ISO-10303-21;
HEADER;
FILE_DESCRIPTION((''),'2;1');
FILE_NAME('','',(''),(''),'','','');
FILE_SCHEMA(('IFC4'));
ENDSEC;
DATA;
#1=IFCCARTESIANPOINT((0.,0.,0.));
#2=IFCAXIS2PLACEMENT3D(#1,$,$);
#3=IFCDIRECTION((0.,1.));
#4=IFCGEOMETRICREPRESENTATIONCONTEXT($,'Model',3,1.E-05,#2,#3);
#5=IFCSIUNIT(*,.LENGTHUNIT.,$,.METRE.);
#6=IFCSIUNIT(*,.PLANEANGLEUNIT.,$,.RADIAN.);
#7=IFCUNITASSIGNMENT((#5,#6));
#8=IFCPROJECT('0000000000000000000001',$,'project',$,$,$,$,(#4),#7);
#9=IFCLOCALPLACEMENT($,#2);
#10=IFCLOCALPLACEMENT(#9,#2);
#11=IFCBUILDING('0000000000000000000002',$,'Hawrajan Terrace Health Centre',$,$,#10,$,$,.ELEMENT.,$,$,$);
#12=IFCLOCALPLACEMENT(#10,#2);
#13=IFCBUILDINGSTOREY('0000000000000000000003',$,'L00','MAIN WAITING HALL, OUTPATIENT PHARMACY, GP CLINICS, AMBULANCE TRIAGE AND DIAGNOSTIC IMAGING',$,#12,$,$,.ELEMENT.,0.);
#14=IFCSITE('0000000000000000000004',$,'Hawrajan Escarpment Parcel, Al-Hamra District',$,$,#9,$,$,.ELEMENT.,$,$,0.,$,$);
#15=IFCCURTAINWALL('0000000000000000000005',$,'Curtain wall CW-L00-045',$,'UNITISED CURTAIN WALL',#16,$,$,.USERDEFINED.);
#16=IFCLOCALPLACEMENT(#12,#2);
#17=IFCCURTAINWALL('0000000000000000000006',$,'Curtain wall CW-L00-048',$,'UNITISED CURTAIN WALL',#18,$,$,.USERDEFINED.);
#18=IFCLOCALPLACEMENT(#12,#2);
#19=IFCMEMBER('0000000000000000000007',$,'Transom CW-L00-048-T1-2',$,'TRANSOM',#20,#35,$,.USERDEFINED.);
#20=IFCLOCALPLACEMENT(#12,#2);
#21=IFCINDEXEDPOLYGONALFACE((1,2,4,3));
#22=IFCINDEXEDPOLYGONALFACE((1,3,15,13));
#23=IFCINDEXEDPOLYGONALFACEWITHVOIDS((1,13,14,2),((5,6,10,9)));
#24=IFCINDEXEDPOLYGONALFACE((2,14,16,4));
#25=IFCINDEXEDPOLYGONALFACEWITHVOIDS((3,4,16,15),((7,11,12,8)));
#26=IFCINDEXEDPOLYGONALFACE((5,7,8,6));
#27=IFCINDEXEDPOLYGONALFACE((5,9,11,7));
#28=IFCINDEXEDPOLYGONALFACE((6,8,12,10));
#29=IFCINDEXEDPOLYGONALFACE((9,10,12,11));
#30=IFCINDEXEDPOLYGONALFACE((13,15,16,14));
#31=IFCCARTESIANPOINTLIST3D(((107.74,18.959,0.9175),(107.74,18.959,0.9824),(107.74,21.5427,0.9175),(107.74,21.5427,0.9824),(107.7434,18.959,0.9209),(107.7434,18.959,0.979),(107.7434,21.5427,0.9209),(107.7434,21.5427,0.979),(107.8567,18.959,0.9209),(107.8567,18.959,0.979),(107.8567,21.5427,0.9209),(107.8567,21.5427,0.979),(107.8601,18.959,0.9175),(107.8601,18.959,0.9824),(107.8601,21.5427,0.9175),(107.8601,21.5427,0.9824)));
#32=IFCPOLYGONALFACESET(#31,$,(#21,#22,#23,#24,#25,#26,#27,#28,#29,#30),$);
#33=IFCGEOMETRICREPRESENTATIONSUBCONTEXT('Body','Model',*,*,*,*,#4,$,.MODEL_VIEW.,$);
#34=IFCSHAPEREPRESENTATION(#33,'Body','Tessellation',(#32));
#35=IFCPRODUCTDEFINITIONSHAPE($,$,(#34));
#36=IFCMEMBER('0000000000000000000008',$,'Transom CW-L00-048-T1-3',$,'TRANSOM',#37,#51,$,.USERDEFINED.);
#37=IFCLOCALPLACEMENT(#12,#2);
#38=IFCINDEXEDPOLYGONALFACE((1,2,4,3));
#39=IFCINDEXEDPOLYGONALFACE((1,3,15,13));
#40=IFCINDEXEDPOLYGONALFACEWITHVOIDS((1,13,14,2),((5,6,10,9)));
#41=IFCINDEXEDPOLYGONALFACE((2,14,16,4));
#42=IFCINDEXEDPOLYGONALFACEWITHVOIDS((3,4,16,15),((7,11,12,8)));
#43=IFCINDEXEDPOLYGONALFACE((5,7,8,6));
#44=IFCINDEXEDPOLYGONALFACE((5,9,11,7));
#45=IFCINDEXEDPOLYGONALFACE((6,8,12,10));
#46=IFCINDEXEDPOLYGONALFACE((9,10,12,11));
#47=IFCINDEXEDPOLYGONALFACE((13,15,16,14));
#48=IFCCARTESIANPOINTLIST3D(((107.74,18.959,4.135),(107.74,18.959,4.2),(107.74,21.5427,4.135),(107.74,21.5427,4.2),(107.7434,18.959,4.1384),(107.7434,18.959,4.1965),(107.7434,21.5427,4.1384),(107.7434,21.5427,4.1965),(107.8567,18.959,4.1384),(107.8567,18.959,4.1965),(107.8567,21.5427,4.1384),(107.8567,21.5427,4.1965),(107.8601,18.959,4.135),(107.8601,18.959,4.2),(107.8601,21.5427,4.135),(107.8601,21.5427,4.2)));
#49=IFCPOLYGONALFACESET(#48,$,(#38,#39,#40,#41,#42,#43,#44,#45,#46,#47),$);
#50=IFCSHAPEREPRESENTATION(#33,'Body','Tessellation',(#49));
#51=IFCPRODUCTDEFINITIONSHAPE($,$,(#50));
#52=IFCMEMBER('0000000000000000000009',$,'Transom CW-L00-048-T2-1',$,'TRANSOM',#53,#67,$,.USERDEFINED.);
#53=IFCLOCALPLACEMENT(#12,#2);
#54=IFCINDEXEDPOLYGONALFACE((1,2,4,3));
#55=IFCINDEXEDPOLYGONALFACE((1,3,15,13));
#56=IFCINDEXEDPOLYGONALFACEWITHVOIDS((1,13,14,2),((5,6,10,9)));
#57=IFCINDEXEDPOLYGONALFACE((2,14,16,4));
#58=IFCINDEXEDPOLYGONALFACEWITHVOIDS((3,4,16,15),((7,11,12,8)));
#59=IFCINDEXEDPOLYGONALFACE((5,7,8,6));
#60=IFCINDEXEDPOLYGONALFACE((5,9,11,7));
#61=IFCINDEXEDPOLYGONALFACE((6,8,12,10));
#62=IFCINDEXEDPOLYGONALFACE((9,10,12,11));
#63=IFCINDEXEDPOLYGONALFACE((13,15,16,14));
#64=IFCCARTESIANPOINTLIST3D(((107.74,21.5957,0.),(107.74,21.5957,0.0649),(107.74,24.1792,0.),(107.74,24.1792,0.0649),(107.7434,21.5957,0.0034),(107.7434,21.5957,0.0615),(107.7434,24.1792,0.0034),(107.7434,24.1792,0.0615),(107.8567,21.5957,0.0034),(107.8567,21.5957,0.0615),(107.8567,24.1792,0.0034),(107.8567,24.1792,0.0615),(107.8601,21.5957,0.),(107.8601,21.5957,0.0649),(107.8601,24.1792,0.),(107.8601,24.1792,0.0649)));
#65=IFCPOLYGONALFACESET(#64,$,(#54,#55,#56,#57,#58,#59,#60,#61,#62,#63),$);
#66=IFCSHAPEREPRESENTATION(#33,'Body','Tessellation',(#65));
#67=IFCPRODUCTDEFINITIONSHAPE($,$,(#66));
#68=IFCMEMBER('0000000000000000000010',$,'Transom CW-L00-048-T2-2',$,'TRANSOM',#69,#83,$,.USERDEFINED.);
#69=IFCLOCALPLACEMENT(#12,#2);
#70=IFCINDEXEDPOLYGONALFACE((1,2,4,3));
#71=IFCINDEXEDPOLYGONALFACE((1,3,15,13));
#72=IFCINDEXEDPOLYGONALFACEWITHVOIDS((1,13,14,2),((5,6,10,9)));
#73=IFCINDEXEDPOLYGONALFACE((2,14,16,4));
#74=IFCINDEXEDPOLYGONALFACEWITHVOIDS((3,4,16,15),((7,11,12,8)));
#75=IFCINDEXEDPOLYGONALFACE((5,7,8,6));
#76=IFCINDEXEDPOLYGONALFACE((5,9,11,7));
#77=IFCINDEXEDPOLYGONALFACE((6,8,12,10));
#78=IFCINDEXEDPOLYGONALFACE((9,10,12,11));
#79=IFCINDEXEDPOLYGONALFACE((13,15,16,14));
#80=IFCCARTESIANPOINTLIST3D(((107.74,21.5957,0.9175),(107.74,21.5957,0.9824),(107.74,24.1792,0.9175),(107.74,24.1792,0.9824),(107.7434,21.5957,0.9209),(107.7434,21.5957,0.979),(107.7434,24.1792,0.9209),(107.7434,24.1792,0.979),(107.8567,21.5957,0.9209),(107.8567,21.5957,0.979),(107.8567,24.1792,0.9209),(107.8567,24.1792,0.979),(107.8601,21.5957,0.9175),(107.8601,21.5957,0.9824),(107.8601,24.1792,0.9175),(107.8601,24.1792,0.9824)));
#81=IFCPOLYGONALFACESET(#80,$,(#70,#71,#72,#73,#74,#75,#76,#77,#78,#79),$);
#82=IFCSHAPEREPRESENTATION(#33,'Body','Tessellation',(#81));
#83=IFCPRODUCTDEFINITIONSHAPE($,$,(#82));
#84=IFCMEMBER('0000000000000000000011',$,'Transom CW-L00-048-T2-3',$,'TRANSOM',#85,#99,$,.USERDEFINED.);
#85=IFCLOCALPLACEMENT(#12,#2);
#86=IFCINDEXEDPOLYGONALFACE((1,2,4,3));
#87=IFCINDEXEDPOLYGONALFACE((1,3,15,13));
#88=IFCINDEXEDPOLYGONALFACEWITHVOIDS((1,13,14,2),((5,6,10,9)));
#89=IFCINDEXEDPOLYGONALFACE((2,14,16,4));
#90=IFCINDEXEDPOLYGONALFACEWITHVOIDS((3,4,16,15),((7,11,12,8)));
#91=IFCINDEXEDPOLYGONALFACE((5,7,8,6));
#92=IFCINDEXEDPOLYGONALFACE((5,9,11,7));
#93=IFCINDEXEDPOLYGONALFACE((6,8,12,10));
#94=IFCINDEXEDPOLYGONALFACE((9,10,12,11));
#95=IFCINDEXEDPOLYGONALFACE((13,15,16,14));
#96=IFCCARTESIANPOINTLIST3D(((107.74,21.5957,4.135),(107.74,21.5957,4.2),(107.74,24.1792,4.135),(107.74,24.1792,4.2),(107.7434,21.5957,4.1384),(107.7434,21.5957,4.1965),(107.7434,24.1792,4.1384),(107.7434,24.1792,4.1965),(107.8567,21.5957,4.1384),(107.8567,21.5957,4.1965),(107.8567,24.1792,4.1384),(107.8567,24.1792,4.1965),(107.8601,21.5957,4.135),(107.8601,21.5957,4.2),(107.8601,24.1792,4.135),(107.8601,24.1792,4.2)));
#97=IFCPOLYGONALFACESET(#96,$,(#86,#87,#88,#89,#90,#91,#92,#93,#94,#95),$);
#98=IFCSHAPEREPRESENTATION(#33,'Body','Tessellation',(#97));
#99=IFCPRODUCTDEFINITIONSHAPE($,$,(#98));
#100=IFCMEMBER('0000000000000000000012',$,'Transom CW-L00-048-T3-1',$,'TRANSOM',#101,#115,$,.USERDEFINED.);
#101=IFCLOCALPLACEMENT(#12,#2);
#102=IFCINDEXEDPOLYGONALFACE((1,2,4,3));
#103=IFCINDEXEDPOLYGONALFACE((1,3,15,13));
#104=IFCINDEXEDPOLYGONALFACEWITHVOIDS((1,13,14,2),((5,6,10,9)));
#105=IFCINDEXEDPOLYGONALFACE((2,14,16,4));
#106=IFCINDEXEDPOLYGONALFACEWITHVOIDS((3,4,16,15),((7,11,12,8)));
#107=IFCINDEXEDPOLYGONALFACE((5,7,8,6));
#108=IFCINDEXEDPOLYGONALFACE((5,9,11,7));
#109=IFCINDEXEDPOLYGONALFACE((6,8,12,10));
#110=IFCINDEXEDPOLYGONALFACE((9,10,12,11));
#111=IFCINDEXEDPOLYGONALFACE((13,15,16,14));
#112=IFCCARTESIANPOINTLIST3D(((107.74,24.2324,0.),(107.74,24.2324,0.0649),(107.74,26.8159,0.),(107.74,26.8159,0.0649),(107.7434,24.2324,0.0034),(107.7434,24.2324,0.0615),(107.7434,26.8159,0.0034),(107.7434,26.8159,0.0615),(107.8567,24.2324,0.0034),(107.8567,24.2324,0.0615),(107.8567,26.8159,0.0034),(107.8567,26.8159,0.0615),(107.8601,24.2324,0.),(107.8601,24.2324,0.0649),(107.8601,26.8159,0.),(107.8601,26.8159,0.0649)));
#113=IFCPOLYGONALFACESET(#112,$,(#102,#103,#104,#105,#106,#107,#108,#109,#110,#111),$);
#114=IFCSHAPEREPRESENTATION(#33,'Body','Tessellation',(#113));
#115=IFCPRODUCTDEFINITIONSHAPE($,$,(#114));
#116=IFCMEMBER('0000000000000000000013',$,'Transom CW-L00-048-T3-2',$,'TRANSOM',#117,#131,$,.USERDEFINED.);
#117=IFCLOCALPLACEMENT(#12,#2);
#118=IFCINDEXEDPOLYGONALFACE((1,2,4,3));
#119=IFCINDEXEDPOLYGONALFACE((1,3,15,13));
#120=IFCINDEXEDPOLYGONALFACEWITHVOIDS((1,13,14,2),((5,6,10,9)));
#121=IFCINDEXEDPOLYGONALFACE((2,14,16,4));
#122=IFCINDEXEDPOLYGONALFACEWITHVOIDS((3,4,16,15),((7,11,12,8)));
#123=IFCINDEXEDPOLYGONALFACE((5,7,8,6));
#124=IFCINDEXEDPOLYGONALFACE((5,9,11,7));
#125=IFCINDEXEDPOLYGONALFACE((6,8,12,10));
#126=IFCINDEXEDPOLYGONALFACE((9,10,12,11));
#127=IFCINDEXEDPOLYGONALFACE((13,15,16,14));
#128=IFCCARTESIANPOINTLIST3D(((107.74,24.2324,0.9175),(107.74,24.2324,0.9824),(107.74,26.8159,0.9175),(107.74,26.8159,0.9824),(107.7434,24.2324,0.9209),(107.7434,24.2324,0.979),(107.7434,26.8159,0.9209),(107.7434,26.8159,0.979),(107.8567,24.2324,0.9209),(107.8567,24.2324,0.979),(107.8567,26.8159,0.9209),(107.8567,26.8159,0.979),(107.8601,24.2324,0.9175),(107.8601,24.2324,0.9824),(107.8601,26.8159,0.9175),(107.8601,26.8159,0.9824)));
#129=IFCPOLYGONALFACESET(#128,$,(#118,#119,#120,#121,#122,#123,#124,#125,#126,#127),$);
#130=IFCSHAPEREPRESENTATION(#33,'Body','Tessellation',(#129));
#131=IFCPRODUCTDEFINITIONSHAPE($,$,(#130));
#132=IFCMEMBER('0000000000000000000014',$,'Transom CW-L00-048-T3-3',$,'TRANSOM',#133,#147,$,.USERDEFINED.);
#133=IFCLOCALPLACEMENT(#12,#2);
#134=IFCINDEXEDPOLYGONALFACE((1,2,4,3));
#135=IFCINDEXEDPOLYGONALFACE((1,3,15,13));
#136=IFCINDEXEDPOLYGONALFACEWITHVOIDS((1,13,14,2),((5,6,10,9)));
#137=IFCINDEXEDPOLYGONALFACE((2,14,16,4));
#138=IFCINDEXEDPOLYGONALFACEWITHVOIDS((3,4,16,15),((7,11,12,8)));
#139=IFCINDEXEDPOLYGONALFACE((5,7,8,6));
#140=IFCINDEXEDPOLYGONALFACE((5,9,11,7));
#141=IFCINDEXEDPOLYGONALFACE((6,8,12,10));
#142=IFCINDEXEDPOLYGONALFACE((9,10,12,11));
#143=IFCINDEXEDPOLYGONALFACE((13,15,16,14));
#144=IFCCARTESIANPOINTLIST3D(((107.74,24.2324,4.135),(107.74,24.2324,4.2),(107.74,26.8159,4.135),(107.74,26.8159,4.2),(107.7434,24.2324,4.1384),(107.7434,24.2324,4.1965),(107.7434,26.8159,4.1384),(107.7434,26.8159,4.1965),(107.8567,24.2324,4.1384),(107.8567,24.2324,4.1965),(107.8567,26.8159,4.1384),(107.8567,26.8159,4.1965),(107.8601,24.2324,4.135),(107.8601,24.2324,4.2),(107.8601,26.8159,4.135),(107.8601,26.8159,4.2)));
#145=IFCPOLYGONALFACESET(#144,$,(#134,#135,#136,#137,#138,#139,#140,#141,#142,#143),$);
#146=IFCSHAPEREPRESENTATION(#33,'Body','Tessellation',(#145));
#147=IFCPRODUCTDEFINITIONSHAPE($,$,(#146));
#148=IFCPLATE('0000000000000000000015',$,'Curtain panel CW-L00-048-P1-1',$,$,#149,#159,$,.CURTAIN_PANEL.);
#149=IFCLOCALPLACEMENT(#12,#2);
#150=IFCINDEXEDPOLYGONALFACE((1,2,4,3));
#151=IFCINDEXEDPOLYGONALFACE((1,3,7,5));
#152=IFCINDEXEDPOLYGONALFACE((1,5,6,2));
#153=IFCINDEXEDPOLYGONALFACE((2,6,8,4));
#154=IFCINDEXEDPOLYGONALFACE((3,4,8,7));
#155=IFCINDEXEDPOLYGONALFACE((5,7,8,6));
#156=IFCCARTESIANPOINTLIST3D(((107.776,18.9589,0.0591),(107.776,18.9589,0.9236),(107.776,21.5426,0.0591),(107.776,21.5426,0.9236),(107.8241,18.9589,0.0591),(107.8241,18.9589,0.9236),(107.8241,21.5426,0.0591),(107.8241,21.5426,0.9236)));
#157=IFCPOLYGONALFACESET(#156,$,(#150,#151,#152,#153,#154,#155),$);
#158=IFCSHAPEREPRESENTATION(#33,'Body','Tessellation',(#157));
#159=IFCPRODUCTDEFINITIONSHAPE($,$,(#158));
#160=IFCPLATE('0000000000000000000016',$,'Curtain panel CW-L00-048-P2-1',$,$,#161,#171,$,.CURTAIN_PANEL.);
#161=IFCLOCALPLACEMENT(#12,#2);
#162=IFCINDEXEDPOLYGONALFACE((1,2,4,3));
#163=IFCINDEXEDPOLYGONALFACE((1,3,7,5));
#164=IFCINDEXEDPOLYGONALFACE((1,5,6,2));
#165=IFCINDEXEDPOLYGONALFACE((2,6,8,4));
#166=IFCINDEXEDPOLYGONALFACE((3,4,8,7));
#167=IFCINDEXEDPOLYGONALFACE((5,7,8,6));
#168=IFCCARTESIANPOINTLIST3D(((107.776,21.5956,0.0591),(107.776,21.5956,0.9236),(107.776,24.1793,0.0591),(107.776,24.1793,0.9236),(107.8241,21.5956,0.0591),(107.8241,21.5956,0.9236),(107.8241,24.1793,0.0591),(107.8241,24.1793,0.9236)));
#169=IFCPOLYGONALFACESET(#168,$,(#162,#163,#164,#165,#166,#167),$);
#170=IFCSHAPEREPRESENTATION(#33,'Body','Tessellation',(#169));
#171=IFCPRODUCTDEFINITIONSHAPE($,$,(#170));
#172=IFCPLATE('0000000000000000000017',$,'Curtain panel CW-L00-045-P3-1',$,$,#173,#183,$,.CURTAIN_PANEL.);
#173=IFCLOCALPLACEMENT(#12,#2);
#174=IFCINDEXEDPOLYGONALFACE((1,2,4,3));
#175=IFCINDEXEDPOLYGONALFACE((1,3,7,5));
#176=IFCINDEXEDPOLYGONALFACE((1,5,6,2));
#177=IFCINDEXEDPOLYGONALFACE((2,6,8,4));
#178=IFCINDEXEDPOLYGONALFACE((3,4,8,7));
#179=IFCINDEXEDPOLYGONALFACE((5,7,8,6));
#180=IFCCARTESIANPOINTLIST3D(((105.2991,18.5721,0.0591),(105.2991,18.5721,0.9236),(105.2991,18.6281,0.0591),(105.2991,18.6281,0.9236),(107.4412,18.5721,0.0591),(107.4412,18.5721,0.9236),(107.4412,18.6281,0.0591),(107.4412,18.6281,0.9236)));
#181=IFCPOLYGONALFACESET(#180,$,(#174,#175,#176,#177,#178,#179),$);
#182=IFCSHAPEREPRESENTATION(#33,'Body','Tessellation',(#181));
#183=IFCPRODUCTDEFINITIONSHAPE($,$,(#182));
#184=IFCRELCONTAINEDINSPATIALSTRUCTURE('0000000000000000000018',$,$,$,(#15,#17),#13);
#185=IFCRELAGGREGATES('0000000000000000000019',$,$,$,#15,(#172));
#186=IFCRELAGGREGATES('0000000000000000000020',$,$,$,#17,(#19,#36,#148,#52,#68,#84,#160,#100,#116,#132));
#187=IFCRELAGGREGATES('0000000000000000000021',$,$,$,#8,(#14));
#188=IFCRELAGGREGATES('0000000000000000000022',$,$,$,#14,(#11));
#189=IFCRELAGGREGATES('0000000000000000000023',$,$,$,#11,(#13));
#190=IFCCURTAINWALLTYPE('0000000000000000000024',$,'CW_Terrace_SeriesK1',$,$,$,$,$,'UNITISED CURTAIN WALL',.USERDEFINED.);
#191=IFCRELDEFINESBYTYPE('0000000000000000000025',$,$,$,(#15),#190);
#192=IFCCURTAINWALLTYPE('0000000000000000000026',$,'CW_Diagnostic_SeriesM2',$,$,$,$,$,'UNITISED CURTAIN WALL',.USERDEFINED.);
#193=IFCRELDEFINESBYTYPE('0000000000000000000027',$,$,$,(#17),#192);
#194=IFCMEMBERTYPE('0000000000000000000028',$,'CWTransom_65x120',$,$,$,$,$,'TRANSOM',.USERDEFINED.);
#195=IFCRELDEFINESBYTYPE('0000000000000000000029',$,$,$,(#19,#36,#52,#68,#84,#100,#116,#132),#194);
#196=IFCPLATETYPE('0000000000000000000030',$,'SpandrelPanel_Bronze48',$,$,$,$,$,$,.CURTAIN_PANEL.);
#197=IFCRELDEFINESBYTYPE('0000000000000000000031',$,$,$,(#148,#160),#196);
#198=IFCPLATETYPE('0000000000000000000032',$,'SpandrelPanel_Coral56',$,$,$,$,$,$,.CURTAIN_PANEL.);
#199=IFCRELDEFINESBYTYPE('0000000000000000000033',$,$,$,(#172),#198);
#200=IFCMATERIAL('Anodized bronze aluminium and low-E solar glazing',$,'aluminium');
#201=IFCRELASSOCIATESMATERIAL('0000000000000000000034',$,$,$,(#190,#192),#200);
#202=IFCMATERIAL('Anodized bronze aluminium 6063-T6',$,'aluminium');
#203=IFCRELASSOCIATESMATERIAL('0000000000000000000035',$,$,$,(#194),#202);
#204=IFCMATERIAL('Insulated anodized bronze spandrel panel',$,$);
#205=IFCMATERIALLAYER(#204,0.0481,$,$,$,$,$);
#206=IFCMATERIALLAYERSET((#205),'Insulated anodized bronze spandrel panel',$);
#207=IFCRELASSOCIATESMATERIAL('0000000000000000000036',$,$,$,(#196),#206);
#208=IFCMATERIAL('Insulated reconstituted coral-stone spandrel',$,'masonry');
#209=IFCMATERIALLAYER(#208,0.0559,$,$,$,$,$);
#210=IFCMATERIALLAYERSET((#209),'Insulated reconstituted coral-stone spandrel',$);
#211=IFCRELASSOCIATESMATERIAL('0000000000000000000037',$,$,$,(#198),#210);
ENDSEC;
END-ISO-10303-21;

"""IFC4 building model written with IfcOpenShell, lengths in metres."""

from ifc_helpers import new_model, si_unit, direction, frame, origin, origin_2d, place, context, subcontext, project, spatial, rectangle, hollow_rectangle, extrude, material, layer, layer_set, material_profile, profile_set, type_object, element, aggregate, save


model = new_model("IFC4")

# Units and contexts
model_context = context("Model", 3, precision=1e-05, world=origin(), true_north=direction((0.0, 1.0)))
body_context = subcontext(model_context, "Body", "Model", "MODEL_VIEW")
ifc_project = project(units=[si_unit("LENGTHUNIT", "METRE"), si_unit("PLANEANGLEUNIT", "RADIAN")], contexts=[model_context])

# Site, building, storey
site_placement = place(None, origin())
site = spatial("IfcSite", under=ifc_project, at=site_placement, Name="Hawrajan Escarpment Parcel, Al-Hamra District", CompositionType="ELEMENT", RefElevation=0.0)
building_placement = place(site_placement, origin())
building = spatial("IfcBuilding", under=site, at=building_placement, Name="Hawrajan Terrace Health Centre", CompositionType="ELEMENT")
storey_placement = place(building_placement, origin())
storey = spatial("IfcBuildingStorey", under=building, at=storey_placement, Name="L00", Description="MAIN WAITING HALL, OUTPATIENT PHARMACY, GP CLINICS, AMBULANCE TRIAGE AND DIAGNOSTIC IMAGING", CompositionType="ELEMENT", Elevation=0.0)

# Curtain wall
ifc_material_1 = material(Name="Anodized bronze aluminium and low-E solar glazing", Category="aluminium")
curtain_wall_type_1 = type_object("IfcCurtainWallType", Name="CW_Terrace_SeriesK1", ElementType="UNITISED CURTAIN WALL", PredefinedType="USERDEFINED", material=ifc_material_1)
curtain_wall_1_placement = place(storey_placement, origin())
curtain_wall_1 = element("IfcCurtainWall", 1, at=curtain_wall_1_placement, inside=storey, type_object=curtain_wall_type_1, Name="Curtain wall CW-L00-045", ObjectType="UNITISED CURTAIN WALL", PredefinedType="USERDEFINED")
ifc_material_2 = material(Name="Anodized bronze aluminium 6063-T6", Category="aluminium")

# Curtain wall, members, plates
curtain_wall_type_2 = type_object("IfcCurtainWallType", Name="CW_Diagnostic_SeriesM2", ElementType="UNITISED CURTAIN WALL", PredefinedType="USERDEFINED", material=ifc_material_1)
curtain_wall_2_placement = place(storey_placement, origin())
curtain_wall_2 = element("IfcCurtainWall", 2, at=curtain_wall_2_placement, inside=storey, type_object=curtain_wall_type_2, Name="Curtain wall CW-L00-048", ObjectType="UNITISED CURTAIN WALL", PredefinedType="USERDEFINED")
ifc_material_profile_1 = material_profile(ifc_material_2, hollow_rectangle(XDim=0.0649, YDim=0.1201, WallThickness=0.0034, at=origin_2d()), Name="CW TRN 65x120")
ifc_profile_set_1 = profile_set([ifc_material_profile_1], Name="Anodized bronze aluminium 6063-T6")
member_type_1 = type_object("IfcMemberType", Name="CWTransom_65x120", ElementType="TRANSOM", PredefinedType="USERDEFINED", material=ifc_profile_set_1)
member_1_placement = place(storey_placement, frame((107.8, 18.959, 0.95), z_axis=(0.0, 1.0, 0.0), x_axis=(0.0, 0.0, 1.0)))
member_1 = element("IfcMember", 3, at=member_1_placement, type_object=member_type_1, Name="Transom CW-L00-048-T1-2", ObjectType="TRANSOM", PredefinedType="USERDEFINED", context=body_context, shape_type="SweptSolid", body=[
    extrude(hollow_rectangle(XDim=0.0649, YDim=0.1201, WallThickness=0.0034, at=origin_2d()), origin(), (0.0, 0.0, 1.0), 2.5837),
])
member_2_placement = place(storey_placement, frame((107.8, 18.959, 4.1675), z_axis=(0.0, 1.0, 0.0), x_axis=(0.0, 0.0, 1.0)))
member_2 = element("IfcMember", 4, at=member_2_placement, type_object=member_type_1, Name="Transom CW-L00-048-T1-3", ObjectType="TRANSOM", PredefinedType="USERDEFINED", context=body_context, shape_type="SweptSolid", body=[
    extrude(hollow_rectangle(XDim=0.0649, YDim=0.1201, WallThickness=0.0034, at=origin_2d()), origin(), (0.0, 0.0, 1.0), 2.5837),
])
member_3_placement = place(storey_placement, frame((107.8, 21.5957, 0.0325), z_axis=(0.0, 1.0, 0.0), x_axis=(0.0, 0.0, 1.0)))
member_3 = element("IfcMember", 5, at=member_3_placement, type_object=member_type_1, Name="Transom CW-L00-048-T2-1", ObjectType="TRANSOM", PredefinedType="USERDEFINED", context=body_context, shape_type="SweptSolid", body=[
    extrude(hollow_rectangle(XDim=0.0649, YDim=0.1201, WallThickness=0.0034, at=origin_2d()), origin(), (0.0, 0.0, 1.0), 2.5835),
])
member_4_placement = place(storey_placement, frame((107.8, 21.5957, 0.95), z_axis=(0.0, 1.0, 0.0), x_axis=(0.0, 0.0, 1.0)))
member_4 = element("IfcMember", 6, at=member_4_placement, type_object=member_type_1, Name="Transom CW-L00-048-T2-2", ObjectType="TRANSOM", PredefinedType="USERDEFINED", context=body_context, shape_type="SweptSolid", body=[
    extrude(hollow_rectangle(XDim=0.0649, YDim=0.1201, WallThickness=0.0034, at=origin_2d()), origin(), (0.0, 0.0, 1.0), 2.5835),
])
member_5_placement = place(storey_placement, frame((107.8, 21.5957, 4.1675), z_axis=(0.0, 1.0, 0.0), x_axis=(0.0, 0.0, 1.0)))
member_5 = element("IfcMember", 7, at=member_5_placement, type_object=member_type_1, Name="Transom CW-L00-048-T2-3", ObjectType="TRANSOM", PredefinedType="USERDEFINED", context=body_context, shape_type="SweptSolid", body=[
    extrude(hollow_rectangle(XDim=0.0649, YDim=0.1201, WallThickness=0.0034, at=origin_2d()), origin(), (0.0, 0.0, 1.0), 2.5835),
])
member_6_placement = place(storey_placement, frame((107.8, 24.2324, 0.0325), z_axis=(0.0, 1.0, 0.0), x_axis=(0.0, 0.0, 1.0)))
member_6 = element("IfcMember", 8, at=member_6_placement, type_object=member_type_1, Name="Transom CW-L00-048-T3-1", ObjectType="TRANSOM", PredefinedType="USERDEFINED", context=body_context, shape_type="SweptSolid", body=[
    extrude(hollow_rectangle(XDim=0.0649, YDim=0.1201, WallThickness=0.0034, at=origin_2d()), origin(), (0.0, 0.0, 1.0), 2.5835),
])
member_7_placement = place(storey_placement, frame((107.8, 24.2324, 0.95), z_axis=(0.0, 1.0, 0.0), x_axis=(0.0, 0.0, 1.0)))
member_7 = element("IfcMember", 9, at=member_7_placement, type_object=member_type_1, Name="Transom CW-L00-048-T3-2", ObjectType="TRANSOM", PredefinedType="USERDEFINED", context=body_context, shape_type="SweptSolid", body=[
    extrude(hollow_rectangle(XDim=0.0649, YDim=0.1201, WallThickness=0.0034, at=origin_2d()), origin(), (0.0, 0.0, 1.0), 2.5835),
])
member_8_placement = place(storey_placement, frame((107.8, 24.2324, 4.1675), z_axis=(0.0, 1.0, 0.0), x_axis=(0.0, 0.0, 1.0)))
member_8 = element("IfcMember", 10, at=member_8_placement, type_object=member_type_1, Name="Transom CW-L00-048-T3-3", ObjectType="TRANSOM", PredefinedType="USERDEFINED", context=body_context, shape_type="SweptSolid", body=[
    extrude(hollow_rectangle(XDim=0.0649, YDim=0.1201, WallThickness=0.0034, at=origin_2d()), origin(), (0.0, 0.0, 1.0), 2.5835),
])
ifc_material_3 = material(Name="Insulated anodized bronze spandrel panel")
ifc_layer_1 = layer(ifc_material_3, 0.0481)
ifc_layer_set_1 = layer_set([ifc_layer_1], Name="Insulated anodized bronze spandrel panel")
plate_type_1 = type_object("IfcPlateType", Name="SpandrelPanel_Bronze48", PredefinedType="CURTAIN_PANEL", material=ifc_layer_set_1)
plate_1_placement = place(storey_placement, frame((107.8, 20.2507, 0.0591), z_axis=(0.0, 0.0, 1.0), x_axis=(0.0, 1.0, 0.0)))
plate_1 = element("IfcPlate", 11, at=plate_1_placement, type_object=plate_type_1, Name="Curtain panel CW-L00-048-P1-1", PredefinedType="CURTAIN_PANEL", context=body_context, shape_type="SweptSolid", body=[
    extrude(rectangle(XDim=2.5837, YDim=0.0481, at=origin_2d()), origin(), (0.0, 0.0, 1.0), 0.8645),
])
plate_2_placement = place(storey_placement, frame((107.8, 22.8875, 0.0591), z_axis=(0.0, 0.0, 1.0), x_axis=(0.0, 1.0, 0.0)))
plate_2 = element("IfcPlate", 12, at=plate_2_placement, type_object=plate_type_1, Name="Curtain panel CW-L00-048-P2-1", PredefinedType="CURTAIN_PANEL", context=body_context, shape_type="SweptSolid", body=[
    extrude(rectangle(XDim=2.5837, YDim=0.0481, at=origin_2d()), origin(), (0.0, 0.0, 1.0), 0.8645),
])

# Plate
ifc_material_4 = material(Name="Insulated reconstituted coral-stone spandrel", Category="masonry")
ifc_layer_2 = layer(ifc_material_4, 0.0559)
ifc_layer_set_2 = layer_set([ifc_layer_2], Name="Insulated reconstituted coral-stone spandrel")
plate_type_2 = type_object("IfcPlateType", Name="SpandrelPanel_Coral56", PredefinedType="CURTAIN_PANEL", material=ifc_layer_set_2)
plate_3_placement = place(storey_placement, frame((106.3701, 18.6001, 0.0591), z_axis=(0.0, 0.0, 1.0), x_axis=(1.0, 0.0, 0.0)))
plate_3 = element("IfcPlate", 13, at=plate_3_placement, type_object=plate_type_2, Name="Curtain panel CW-L00-045-P3-1", PredefinedType="CURTAIN_PANEL", context=body_context, shape_type="SweptSolid", body=[
    extrude(rectangle(XDim=2.1421, YDim=0.0559, at=origin_2d()), origin(), (0.0, 0.0, 1.0), 0.8645),
])
aggregate(curtain_wall_1, [plate_3])
aggregate(curtain_wall_2, [member_1, member_2, plate_1, member_3, member_4, member_5, plate_2, member_6, member_7, member_8])

save(model, "model.ifc")
